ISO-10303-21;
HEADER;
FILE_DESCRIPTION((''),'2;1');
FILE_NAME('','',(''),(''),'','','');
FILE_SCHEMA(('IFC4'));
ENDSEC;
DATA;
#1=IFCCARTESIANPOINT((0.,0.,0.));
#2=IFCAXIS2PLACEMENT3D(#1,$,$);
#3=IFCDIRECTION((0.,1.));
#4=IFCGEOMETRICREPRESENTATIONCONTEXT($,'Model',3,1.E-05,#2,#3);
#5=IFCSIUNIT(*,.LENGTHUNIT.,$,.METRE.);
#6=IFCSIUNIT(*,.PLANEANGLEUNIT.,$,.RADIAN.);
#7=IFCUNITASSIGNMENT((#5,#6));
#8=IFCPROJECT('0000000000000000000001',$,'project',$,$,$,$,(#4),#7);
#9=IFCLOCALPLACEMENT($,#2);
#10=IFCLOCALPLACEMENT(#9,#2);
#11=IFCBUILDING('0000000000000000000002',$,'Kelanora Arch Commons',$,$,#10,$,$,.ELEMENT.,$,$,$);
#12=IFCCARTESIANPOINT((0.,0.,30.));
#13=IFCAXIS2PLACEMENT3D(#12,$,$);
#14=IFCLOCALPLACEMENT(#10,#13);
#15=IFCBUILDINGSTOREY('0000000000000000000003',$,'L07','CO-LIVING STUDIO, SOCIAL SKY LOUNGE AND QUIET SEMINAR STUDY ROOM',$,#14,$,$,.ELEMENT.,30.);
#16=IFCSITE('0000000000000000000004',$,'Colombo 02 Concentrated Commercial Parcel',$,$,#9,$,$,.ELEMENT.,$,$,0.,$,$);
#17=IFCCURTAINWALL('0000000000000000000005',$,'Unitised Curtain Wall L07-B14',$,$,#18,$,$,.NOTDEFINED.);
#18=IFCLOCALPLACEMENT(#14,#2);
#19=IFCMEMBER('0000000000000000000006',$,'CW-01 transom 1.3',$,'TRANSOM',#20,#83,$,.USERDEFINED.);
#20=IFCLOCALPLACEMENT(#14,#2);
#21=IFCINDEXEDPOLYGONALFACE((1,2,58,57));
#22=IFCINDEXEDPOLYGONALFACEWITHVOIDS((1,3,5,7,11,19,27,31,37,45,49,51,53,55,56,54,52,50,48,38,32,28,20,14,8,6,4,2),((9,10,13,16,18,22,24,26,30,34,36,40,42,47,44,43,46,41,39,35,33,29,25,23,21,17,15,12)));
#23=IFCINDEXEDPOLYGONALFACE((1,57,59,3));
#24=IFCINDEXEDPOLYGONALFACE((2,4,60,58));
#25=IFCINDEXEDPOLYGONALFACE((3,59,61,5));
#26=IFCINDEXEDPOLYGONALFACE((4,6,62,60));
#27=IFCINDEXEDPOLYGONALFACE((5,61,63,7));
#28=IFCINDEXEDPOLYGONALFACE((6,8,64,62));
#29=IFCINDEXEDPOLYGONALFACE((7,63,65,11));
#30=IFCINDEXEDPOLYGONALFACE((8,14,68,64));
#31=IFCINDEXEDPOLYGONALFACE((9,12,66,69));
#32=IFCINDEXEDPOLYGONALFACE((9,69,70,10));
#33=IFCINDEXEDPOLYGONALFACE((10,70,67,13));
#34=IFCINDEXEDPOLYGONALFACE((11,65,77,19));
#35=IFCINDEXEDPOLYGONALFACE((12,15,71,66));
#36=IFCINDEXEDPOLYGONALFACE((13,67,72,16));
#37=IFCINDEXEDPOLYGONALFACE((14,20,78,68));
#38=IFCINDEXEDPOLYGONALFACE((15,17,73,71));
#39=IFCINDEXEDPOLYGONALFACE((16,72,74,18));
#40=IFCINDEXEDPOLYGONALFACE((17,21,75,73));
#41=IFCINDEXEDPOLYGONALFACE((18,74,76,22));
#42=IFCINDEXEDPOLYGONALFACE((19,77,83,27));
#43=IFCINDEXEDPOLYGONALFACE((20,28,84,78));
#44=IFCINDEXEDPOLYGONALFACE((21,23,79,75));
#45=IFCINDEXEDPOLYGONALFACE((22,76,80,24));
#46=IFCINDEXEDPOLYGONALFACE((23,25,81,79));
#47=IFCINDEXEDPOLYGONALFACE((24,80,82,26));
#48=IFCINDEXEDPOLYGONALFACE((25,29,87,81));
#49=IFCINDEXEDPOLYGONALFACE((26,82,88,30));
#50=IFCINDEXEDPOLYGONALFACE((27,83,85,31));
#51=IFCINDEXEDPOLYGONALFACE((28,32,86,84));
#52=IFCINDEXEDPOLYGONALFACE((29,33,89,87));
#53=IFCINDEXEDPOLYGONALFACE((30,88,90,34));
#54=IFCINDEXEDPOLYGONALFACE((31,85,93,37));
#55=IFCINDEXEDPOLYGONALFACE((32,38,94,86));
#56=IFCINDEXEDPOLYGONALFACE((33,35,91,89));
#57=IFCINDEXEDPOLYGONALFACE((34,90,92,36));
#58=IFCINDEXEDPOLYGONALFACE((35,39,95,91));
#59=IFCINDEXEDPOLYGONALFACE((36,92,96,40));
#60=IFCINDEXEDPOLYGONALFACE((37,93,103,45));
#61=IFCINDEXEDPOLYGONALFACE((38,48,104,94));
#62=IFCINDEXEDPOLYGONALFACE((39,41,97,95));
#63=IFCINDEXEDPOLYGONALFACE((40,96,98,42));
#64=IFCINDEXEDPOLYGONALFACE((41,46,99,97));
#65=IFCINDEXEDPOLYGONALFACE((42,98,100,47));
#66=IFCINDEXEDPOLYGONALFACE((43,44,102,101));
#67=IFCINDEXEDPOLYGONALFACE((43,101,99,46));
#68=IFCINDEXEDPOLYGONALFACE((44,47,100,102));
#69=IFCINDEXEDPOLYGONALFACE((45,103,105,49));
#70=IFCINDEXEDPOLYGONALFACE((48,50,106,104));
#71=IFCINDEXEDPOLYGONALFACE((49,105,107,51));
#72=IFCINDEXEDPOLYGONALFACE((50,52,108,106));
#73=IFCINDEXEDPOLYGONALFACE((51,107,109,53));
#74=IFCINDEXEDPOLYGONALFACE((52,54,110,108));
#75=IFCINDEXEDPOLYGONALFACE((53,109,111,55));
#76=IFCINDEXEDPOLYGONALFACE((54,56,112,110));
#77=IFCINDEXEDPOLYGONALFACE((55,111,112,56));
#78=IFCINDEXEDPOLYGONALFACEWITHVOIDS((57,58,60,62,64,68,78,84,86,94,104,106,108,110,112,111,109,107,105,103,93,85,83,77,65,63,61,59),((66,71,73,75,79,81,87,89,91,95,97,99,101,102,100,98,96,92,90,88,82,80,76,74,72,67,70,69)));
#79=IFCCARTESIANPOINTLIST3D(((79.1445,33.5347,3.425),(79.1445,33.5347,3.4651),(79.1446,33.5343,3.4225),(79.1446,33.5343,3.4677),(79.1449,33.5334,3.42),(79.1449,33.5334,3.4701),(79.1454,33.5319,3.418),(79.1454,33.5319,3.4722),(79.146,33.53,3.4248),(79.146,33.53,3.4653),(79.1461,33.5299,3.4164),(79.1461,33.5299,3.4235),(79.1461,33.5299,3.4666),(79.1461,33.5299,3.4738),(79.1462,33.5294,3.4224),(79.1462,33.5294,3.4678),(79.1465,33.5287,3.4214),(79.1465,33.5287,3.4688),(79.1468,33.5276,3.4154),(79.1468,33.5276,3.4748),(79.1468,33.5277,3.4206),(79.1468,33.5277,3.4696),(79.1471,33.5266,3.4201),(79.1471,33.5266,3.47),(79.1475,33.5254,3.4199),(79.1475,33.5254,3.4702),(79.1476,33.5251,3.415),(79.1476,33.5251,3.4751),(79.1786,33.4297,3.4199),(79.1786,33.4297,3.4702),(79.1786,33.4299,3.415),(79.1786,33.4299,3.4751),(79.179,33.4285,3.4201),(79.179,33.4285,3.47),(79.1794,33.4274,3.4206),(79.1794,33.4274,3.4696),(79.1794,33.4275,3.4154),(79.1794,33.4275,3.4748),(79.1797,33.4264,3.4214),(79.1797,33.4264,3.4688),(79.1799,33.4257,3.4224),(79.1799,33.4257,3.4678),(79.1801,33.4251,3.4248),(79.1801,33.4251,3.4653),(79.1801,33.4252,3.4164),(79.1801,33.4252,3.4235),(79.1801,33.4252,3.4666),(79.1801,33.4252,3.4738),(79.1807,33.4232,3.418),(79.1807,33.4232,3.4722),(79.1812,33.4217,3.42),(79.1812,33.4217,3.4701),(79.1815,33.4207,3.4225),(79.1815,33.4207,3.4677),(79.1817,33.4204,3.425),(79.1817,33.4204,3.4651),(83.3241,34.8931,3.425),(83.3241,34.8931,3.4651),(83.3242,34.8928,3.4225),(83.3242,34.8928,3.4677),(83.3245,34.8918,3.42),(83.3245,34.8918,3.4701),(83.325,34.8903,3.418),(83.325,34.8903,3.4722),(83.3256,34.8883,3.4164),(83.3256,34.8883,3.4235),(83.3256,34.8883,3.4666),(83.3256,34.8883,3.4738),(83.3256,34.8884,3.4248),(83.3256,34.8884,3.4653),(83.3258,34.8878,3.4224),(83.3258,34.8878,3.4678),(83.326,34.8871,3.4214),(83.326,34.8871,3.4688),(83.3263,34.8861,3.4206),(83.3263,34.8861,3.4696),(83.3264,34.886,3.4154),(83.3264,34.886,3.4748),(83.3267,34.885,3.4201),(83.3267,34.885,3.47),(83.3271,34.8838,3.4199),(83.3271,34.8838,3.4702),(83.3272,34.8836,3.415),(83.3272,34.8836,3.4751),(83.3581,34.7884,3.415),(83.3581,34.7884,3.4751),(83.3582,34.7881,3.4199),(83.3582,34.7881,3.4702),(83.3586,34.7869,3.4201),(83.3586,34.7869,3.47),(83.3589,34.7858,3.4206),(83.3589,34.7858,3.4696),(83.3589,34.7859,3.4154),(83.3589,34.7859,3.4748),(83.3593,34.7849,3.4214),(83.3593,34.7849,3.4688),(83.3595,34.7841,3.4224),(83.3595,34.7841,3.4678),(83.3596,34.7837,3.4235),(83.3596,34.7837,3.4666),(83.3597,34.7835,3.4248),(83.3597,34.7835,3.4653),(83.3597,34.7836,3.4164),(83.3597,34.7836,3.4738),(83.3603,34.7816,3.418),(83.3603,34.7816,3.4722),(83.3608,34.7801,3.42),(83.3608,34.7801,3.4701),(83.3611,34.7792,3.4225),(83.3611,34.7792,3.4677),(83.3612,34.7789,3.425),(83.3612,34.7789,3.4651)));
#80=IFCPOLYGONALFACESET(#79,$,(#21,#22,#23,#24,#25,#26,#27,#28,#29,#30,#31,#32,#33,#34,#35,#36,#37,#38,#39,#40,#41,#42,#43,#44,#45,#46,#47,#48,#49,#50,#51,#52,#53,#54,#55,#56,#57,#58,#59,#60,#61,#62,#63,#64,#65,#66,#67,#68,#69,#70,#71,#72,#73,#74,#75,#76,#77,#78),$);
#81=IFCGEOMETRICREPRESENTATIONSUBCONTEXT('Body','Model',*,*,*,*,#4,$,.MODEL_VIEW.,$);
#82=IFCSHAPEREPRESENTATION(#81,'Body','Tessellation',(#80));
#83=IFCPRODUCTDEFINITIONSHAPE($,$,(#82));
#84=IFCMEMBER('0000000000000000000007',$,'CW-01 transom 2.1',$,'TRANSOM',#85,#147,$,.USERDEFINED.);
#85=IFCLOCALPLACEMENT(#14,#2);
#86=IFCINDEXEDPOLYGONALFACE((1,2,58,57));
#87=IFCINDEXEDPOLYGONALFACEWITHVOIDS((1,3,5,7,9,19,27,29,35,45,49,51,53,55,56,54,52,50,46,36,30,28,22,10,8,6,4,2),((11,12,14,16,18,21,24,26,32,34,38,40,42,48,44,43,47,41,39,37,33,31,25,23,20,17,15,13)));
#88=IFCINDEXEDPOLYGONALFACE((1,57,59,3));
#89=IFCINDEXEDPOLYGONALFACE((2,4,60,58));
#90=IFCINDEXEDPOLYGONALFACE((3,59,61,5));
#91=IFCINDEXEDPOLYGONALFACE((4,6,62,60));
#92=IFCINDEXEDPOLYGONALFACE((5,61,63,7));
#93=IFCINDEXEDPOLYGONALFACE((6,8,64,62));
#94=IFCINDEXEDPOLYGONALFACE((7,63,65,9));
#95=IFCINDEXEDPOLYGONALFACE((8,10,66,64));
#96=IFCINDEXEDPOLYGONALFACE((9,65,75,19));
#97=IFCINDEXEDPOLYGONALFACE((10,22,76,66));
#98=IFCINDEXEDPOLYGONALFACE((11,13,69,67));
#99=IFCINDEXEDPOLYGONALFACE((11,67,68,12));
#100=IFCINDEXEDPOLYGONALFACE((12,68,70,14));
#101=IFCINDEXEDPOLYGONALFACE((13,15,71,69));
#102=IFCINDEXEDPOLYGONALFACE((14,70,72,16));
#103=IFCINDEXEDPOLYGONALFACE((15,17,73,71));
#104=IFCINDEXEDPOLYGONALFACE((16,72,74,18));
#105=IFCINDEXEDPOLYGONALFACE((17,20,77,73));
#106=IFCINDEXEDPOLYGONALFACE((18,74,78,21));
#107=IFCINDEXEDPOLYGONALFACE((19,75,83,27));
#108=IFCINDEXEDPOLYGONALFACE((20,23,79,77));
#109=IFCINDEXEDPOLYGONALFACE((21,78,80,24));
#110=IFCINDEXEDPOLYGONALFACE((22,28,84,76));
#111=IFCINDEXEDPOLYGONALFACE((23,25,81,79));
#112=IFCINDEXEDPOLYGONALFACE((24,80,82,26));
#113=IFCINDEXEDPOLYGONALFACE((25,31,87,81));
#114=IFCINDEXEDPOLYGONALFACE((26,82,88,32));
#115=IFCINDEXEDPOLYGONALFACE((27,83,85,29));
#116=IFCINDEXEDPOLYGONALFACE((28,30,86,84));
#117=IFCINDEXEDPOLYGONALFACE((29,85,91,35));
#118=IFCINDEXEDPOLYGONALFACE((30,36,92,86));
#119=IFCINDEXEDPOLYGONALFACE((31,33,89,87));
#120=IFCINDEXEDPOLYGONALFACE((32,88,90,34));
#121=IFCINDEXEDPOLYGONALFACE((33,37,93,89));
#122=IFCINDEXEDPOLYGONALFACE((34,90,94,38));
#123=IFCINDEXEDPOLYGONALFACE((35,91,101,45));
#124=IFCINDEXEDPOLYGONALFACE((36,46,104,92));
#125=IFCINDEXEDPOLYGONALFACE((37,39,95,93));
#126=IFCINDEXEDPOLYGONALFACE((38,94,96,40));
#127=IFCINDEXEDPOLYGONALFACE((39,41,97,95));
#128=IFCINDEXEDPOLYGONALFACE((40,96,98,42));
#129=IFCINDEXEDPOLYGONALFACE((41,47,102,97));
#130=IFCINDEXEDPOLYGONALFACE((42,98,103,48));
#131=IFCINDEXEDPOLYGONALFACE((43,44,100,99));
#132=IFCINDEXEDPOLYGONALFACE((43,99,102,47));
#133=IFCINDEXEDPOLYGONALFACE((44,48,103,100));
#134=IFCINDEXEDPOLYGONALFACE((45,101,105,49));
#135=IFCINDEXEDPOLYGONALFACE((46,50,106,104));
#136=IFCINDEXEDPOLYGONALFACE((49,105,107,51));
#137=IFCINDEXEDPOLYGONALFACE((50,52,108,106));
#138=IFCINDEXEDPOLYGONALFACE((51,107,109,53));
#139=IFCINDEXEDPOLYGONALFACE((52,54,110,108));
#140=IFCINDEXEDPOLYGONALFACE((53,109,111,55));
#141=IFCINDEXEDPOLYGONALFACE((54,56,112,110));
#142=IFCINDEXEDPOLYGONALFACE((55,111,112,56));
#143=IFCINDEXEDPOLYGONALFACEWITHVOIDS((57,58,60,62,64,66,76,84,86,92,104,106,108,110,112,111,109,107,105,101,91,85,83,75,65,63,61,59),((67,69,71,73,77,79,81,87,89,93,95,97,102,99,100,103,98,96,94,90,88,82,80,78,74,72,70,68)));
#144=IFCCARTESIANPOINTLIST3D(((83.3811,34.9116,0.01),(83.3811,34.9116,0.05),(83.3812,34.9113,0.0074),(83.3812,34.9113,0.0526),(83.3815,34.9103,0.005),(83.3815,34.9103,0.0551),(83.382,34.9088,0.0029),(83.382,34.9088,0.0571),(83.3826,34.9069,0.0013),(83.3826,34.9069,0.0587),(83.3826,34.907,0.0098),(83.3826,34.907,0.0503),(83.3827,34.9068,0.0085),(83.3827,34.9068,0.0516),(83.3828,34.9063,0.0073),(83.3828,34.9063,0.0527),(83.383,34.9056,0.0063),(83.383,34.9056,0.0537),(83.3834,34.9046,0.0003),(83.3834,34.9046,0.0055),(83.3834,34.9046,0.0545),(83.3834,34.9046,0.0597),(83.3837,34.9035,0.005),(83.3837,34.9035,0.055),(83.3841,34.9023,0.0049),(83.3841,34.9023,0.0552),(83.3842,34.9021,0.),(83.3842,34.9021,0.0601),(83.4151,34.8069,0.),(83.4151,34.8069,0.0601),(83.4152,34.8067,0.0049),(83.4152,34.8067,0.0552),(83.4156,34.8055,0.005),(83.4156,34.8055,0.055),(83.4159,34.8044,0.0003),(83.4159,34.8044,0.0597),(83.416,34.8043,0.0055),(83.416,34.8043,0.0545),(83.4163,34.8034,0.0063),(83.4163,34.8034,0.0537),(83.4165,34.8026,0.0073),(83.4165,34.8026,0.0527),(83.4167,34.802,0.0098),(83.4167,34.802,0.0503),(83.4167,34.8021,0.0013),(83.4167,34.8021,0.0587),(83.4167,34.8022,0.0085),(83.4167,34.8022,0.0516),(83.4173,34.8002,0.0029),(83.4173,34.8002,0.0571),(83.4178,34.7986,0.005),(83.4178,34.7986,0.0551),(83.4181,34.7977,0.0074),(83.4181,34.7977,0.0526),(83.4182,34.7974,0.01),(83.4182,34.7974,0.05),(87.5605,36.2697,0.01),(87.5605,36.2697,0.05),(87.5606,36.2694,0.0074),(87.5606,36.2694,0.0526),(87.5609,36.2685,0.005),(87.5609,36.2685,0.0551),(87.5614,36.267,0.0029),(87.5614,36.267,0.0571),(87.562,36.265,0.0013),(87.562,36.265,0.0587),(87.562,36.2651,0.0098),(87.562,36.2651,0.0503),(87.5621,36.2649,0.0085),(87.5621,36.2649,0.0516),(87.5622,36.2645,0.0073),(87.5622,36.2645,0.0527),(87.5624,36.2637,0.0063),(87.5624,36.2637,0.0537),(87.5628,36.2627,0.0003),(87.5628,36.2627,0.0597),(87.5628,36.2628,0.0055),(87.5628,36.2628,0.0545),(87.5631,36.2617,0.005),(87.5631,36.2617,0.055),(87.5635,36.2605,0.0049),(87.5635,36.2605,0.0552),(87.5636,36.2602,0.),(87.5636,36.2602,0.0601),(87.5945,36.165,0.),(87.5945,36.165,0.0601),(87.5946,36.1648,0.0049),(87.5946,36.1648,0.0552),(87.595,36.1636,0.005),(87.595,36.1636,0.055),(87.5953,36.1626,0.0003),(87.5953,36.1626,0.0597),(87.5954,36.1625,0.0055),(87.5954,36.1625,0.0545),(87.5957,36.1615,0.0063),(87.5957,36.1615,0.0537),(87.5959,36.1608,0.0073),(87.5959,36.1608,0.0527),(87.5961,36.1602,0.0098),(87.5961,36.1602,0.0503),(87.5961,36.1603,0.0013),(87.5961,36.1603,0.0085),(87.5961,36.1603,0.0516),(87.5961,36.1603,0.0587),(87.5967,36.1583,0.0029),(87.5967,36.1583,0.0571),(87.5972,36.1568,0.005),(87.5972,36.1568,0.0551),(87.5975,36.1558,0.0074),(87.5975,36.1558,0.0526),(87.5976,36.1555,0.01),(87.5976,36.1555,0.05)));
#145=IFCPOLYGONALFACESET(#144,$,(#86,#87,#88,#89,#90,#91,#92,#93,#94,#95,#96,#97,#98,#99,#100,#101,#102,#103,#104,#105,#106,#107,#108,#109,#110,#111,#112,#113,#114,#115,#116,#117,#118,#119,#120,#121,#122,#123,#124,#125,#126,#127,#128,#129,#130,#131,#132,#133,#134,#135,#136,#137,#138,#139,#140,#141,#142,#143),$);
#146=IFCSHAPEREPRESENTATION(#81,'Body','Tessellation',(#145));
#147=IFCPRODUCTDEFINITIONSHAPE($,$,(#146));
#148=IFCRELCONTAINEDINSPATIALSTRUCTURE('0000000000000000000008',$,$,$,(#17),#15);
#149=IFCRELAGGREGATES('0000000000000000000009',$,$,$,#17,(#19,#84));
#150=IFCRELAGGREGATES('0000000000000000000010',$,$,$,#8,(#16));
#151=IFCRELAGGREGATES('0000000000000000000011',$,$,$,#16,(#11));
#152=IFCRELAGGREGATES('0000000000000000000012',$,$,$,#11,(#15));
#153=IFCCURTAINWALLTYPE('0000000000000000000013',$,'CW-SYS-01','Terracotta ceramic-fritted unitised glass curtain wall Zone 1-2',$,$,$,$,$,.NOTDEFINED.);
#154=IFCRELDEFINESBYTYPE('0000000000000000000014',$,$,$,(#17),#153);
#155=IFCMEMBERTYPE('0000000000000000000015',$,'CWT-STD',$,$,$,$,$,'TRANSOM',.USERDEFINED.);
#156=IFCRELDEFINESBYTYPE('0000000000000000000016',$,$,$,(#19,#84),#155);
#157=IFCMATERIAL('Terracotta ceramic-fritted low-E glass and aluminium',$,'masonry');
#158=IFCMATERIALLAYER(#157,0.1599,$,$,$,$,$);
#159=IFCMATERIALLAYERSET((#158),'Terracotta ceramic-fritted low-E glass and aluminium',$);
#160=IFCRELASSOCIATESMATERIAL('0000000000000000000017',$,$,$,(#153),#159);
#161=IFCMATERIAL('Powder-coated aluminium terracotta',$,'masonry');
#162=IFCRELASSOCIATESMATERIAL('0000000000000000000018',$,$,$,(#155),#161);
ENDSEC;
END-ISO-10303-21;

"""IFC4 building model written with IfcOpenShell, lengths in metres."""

from ifc_helpers import new_model, si_unit, direction, frame, origin, origin_2d, place, context, subcontext, project, spatial, hollow_rectangle, extrude, material, layer, layer_set, material_profile, profile_set, type_object, element, aggregate, save


model = new_model("IFC4")

# Units and contexts
model_context = context("Model", 3, precision=1e-05, world=origin(), true_north=direction((0.0, 1.0)))
body_context = subcontext(model_context, "Body", "Model", "MODEL_VIEW")
ifc_project = project(units=[si_unit("LENGTHUNIT", "METRE"), si_unit("PLANEANGLEUNIT", "RADIAN")], contexts=[model_context])

# Site, building, storey
site_placement = place(None, origin())
site = spatial("IfcSite", under=ifc_project, at=site_placement, Name="Colombo 02 Concentrated Commercial Parcel", CompositionType="ELEMENT", RefElevation=0.0)
building_placement = place(site_placement, origin())
building = spatial("IfcBuilding", under=site, at=building_placement, Name="Kelanora Arch Commons", CompositionType="ELEMENT")
storey_placement = place(building_placement, frame((0.0, 0.0, 30.0)))
storey = spatial("IfcBuildingStorey", under=building, at=storey_placement, Name="L07", Description="CO-LIVING STUDIO, SOCIAL SKY LOUNGE AND QUIET SEMINAR STUDY ROOM", CompositionType="ELEMENT", Elevation=30.0)

# Curtain wall, members
ifc_material_1 = material(Name="Terracotta ceramic-fritted low-E glass and aluminium", Category="masonry")
ifc_layer_1 = layer(ifc_material_1, 0.1599)
ifc_layer_set_1 = layer_set([ifc_layer_1], Name="Terracotta ceramic-fritted low-E glass and aluminium")
curtain_wall_type = type_object("IfcCurtainWallType", Name="CW-SYS-01", Description="Terracotta ceramic-fritted unitised glass curtain wall Zone 1-2", PredefinedType="NOTDEFINED", material=ifc_layer_set_1)
curtain_wall_placement = place(storey_placement, origin())
curtain_wall = element("IfcCurtainWall", 1, at=curtain_wall_placement, inside=storey, type_object=curtain_wall_type, Name="Unitised Curtain Wall L07-B14", PredefinedType="NOTDEFINED")
ifc_material_2 = material(Name="Powder-coated aluminium terracotta", Category="masonry")
ifc_material_profile_1 = material_profile(ifc_material_2, hollow_rectangle(XDim=0.1201, YDim=0.0601, WallThickness=0.0049, InnerFilletRadius=0.0049, OuterFilletRadius=0.01, at=origin_2d()), Name="CWT120x60")
ifc_profile_set_1 = profile_set([ifc_material_profile_1], Name="Powder-coated aluminium terracotta")
member_type_1 = type_object("IfcMemberType", Name="CWT-STD", ElementType="TRANSOM", PredefinedType="USERDEFINED", material=ifc_profile_set_1)
member_1_placement = place(storey_placement, frame((79.1631, 33.4775, 3.4451), z_axis=(0.951029, 0.309102, 0.0), x_axis=(-0.309102, 0.951029, 0.0)))
member_1 = element("IfcMember", 2, at=member_1_placement, type_object=member_type_1, Name="CW-01 transom 1.3", ObjectType="TRANSOM", PredefinedType="USERDEFINED", context=body_context, shape_type="SweptSolid", body=[
    extrude(hollow_rectangle(XDim=0.1201, YDim=0.0601, WallThickness=0.0049, InnerFilletRadius=0.0049, OuterFilletRadius=0.01, at=origin_2d()), origin(), (0.0, 0.0, 1.0), 4.3948),
])
member_2_placement = place(storey_placement, frame((83.3997, 34.8545, 0.03), z_axis=(0.951045, 0.309052, 0.0), x_axis=(-0.309052, 0.951045, 0.0)))
member_2 = element("IfcMember", 3, at=member_2_placement, type_object=member_type_1, Name="CW-01 transom 2.1", ObjectType="TRANSOM", PredefinedType="USERDEFINED", context=body_context, shape_type="SweptSolid", body=[
    extrude(hollow_rectangle(XDim=0.1201, YDim=0.0601, WallThickness=0.0049, InnerFilletRadius=0.0049, OuterFilletRadius=0.01, at=origin_2d()), origin(), (0.0, 0.0, 1.0), 4.3945),
])
aggregate(curtain_wall, [member_1, member_2])

save(model, "model.ifc")
